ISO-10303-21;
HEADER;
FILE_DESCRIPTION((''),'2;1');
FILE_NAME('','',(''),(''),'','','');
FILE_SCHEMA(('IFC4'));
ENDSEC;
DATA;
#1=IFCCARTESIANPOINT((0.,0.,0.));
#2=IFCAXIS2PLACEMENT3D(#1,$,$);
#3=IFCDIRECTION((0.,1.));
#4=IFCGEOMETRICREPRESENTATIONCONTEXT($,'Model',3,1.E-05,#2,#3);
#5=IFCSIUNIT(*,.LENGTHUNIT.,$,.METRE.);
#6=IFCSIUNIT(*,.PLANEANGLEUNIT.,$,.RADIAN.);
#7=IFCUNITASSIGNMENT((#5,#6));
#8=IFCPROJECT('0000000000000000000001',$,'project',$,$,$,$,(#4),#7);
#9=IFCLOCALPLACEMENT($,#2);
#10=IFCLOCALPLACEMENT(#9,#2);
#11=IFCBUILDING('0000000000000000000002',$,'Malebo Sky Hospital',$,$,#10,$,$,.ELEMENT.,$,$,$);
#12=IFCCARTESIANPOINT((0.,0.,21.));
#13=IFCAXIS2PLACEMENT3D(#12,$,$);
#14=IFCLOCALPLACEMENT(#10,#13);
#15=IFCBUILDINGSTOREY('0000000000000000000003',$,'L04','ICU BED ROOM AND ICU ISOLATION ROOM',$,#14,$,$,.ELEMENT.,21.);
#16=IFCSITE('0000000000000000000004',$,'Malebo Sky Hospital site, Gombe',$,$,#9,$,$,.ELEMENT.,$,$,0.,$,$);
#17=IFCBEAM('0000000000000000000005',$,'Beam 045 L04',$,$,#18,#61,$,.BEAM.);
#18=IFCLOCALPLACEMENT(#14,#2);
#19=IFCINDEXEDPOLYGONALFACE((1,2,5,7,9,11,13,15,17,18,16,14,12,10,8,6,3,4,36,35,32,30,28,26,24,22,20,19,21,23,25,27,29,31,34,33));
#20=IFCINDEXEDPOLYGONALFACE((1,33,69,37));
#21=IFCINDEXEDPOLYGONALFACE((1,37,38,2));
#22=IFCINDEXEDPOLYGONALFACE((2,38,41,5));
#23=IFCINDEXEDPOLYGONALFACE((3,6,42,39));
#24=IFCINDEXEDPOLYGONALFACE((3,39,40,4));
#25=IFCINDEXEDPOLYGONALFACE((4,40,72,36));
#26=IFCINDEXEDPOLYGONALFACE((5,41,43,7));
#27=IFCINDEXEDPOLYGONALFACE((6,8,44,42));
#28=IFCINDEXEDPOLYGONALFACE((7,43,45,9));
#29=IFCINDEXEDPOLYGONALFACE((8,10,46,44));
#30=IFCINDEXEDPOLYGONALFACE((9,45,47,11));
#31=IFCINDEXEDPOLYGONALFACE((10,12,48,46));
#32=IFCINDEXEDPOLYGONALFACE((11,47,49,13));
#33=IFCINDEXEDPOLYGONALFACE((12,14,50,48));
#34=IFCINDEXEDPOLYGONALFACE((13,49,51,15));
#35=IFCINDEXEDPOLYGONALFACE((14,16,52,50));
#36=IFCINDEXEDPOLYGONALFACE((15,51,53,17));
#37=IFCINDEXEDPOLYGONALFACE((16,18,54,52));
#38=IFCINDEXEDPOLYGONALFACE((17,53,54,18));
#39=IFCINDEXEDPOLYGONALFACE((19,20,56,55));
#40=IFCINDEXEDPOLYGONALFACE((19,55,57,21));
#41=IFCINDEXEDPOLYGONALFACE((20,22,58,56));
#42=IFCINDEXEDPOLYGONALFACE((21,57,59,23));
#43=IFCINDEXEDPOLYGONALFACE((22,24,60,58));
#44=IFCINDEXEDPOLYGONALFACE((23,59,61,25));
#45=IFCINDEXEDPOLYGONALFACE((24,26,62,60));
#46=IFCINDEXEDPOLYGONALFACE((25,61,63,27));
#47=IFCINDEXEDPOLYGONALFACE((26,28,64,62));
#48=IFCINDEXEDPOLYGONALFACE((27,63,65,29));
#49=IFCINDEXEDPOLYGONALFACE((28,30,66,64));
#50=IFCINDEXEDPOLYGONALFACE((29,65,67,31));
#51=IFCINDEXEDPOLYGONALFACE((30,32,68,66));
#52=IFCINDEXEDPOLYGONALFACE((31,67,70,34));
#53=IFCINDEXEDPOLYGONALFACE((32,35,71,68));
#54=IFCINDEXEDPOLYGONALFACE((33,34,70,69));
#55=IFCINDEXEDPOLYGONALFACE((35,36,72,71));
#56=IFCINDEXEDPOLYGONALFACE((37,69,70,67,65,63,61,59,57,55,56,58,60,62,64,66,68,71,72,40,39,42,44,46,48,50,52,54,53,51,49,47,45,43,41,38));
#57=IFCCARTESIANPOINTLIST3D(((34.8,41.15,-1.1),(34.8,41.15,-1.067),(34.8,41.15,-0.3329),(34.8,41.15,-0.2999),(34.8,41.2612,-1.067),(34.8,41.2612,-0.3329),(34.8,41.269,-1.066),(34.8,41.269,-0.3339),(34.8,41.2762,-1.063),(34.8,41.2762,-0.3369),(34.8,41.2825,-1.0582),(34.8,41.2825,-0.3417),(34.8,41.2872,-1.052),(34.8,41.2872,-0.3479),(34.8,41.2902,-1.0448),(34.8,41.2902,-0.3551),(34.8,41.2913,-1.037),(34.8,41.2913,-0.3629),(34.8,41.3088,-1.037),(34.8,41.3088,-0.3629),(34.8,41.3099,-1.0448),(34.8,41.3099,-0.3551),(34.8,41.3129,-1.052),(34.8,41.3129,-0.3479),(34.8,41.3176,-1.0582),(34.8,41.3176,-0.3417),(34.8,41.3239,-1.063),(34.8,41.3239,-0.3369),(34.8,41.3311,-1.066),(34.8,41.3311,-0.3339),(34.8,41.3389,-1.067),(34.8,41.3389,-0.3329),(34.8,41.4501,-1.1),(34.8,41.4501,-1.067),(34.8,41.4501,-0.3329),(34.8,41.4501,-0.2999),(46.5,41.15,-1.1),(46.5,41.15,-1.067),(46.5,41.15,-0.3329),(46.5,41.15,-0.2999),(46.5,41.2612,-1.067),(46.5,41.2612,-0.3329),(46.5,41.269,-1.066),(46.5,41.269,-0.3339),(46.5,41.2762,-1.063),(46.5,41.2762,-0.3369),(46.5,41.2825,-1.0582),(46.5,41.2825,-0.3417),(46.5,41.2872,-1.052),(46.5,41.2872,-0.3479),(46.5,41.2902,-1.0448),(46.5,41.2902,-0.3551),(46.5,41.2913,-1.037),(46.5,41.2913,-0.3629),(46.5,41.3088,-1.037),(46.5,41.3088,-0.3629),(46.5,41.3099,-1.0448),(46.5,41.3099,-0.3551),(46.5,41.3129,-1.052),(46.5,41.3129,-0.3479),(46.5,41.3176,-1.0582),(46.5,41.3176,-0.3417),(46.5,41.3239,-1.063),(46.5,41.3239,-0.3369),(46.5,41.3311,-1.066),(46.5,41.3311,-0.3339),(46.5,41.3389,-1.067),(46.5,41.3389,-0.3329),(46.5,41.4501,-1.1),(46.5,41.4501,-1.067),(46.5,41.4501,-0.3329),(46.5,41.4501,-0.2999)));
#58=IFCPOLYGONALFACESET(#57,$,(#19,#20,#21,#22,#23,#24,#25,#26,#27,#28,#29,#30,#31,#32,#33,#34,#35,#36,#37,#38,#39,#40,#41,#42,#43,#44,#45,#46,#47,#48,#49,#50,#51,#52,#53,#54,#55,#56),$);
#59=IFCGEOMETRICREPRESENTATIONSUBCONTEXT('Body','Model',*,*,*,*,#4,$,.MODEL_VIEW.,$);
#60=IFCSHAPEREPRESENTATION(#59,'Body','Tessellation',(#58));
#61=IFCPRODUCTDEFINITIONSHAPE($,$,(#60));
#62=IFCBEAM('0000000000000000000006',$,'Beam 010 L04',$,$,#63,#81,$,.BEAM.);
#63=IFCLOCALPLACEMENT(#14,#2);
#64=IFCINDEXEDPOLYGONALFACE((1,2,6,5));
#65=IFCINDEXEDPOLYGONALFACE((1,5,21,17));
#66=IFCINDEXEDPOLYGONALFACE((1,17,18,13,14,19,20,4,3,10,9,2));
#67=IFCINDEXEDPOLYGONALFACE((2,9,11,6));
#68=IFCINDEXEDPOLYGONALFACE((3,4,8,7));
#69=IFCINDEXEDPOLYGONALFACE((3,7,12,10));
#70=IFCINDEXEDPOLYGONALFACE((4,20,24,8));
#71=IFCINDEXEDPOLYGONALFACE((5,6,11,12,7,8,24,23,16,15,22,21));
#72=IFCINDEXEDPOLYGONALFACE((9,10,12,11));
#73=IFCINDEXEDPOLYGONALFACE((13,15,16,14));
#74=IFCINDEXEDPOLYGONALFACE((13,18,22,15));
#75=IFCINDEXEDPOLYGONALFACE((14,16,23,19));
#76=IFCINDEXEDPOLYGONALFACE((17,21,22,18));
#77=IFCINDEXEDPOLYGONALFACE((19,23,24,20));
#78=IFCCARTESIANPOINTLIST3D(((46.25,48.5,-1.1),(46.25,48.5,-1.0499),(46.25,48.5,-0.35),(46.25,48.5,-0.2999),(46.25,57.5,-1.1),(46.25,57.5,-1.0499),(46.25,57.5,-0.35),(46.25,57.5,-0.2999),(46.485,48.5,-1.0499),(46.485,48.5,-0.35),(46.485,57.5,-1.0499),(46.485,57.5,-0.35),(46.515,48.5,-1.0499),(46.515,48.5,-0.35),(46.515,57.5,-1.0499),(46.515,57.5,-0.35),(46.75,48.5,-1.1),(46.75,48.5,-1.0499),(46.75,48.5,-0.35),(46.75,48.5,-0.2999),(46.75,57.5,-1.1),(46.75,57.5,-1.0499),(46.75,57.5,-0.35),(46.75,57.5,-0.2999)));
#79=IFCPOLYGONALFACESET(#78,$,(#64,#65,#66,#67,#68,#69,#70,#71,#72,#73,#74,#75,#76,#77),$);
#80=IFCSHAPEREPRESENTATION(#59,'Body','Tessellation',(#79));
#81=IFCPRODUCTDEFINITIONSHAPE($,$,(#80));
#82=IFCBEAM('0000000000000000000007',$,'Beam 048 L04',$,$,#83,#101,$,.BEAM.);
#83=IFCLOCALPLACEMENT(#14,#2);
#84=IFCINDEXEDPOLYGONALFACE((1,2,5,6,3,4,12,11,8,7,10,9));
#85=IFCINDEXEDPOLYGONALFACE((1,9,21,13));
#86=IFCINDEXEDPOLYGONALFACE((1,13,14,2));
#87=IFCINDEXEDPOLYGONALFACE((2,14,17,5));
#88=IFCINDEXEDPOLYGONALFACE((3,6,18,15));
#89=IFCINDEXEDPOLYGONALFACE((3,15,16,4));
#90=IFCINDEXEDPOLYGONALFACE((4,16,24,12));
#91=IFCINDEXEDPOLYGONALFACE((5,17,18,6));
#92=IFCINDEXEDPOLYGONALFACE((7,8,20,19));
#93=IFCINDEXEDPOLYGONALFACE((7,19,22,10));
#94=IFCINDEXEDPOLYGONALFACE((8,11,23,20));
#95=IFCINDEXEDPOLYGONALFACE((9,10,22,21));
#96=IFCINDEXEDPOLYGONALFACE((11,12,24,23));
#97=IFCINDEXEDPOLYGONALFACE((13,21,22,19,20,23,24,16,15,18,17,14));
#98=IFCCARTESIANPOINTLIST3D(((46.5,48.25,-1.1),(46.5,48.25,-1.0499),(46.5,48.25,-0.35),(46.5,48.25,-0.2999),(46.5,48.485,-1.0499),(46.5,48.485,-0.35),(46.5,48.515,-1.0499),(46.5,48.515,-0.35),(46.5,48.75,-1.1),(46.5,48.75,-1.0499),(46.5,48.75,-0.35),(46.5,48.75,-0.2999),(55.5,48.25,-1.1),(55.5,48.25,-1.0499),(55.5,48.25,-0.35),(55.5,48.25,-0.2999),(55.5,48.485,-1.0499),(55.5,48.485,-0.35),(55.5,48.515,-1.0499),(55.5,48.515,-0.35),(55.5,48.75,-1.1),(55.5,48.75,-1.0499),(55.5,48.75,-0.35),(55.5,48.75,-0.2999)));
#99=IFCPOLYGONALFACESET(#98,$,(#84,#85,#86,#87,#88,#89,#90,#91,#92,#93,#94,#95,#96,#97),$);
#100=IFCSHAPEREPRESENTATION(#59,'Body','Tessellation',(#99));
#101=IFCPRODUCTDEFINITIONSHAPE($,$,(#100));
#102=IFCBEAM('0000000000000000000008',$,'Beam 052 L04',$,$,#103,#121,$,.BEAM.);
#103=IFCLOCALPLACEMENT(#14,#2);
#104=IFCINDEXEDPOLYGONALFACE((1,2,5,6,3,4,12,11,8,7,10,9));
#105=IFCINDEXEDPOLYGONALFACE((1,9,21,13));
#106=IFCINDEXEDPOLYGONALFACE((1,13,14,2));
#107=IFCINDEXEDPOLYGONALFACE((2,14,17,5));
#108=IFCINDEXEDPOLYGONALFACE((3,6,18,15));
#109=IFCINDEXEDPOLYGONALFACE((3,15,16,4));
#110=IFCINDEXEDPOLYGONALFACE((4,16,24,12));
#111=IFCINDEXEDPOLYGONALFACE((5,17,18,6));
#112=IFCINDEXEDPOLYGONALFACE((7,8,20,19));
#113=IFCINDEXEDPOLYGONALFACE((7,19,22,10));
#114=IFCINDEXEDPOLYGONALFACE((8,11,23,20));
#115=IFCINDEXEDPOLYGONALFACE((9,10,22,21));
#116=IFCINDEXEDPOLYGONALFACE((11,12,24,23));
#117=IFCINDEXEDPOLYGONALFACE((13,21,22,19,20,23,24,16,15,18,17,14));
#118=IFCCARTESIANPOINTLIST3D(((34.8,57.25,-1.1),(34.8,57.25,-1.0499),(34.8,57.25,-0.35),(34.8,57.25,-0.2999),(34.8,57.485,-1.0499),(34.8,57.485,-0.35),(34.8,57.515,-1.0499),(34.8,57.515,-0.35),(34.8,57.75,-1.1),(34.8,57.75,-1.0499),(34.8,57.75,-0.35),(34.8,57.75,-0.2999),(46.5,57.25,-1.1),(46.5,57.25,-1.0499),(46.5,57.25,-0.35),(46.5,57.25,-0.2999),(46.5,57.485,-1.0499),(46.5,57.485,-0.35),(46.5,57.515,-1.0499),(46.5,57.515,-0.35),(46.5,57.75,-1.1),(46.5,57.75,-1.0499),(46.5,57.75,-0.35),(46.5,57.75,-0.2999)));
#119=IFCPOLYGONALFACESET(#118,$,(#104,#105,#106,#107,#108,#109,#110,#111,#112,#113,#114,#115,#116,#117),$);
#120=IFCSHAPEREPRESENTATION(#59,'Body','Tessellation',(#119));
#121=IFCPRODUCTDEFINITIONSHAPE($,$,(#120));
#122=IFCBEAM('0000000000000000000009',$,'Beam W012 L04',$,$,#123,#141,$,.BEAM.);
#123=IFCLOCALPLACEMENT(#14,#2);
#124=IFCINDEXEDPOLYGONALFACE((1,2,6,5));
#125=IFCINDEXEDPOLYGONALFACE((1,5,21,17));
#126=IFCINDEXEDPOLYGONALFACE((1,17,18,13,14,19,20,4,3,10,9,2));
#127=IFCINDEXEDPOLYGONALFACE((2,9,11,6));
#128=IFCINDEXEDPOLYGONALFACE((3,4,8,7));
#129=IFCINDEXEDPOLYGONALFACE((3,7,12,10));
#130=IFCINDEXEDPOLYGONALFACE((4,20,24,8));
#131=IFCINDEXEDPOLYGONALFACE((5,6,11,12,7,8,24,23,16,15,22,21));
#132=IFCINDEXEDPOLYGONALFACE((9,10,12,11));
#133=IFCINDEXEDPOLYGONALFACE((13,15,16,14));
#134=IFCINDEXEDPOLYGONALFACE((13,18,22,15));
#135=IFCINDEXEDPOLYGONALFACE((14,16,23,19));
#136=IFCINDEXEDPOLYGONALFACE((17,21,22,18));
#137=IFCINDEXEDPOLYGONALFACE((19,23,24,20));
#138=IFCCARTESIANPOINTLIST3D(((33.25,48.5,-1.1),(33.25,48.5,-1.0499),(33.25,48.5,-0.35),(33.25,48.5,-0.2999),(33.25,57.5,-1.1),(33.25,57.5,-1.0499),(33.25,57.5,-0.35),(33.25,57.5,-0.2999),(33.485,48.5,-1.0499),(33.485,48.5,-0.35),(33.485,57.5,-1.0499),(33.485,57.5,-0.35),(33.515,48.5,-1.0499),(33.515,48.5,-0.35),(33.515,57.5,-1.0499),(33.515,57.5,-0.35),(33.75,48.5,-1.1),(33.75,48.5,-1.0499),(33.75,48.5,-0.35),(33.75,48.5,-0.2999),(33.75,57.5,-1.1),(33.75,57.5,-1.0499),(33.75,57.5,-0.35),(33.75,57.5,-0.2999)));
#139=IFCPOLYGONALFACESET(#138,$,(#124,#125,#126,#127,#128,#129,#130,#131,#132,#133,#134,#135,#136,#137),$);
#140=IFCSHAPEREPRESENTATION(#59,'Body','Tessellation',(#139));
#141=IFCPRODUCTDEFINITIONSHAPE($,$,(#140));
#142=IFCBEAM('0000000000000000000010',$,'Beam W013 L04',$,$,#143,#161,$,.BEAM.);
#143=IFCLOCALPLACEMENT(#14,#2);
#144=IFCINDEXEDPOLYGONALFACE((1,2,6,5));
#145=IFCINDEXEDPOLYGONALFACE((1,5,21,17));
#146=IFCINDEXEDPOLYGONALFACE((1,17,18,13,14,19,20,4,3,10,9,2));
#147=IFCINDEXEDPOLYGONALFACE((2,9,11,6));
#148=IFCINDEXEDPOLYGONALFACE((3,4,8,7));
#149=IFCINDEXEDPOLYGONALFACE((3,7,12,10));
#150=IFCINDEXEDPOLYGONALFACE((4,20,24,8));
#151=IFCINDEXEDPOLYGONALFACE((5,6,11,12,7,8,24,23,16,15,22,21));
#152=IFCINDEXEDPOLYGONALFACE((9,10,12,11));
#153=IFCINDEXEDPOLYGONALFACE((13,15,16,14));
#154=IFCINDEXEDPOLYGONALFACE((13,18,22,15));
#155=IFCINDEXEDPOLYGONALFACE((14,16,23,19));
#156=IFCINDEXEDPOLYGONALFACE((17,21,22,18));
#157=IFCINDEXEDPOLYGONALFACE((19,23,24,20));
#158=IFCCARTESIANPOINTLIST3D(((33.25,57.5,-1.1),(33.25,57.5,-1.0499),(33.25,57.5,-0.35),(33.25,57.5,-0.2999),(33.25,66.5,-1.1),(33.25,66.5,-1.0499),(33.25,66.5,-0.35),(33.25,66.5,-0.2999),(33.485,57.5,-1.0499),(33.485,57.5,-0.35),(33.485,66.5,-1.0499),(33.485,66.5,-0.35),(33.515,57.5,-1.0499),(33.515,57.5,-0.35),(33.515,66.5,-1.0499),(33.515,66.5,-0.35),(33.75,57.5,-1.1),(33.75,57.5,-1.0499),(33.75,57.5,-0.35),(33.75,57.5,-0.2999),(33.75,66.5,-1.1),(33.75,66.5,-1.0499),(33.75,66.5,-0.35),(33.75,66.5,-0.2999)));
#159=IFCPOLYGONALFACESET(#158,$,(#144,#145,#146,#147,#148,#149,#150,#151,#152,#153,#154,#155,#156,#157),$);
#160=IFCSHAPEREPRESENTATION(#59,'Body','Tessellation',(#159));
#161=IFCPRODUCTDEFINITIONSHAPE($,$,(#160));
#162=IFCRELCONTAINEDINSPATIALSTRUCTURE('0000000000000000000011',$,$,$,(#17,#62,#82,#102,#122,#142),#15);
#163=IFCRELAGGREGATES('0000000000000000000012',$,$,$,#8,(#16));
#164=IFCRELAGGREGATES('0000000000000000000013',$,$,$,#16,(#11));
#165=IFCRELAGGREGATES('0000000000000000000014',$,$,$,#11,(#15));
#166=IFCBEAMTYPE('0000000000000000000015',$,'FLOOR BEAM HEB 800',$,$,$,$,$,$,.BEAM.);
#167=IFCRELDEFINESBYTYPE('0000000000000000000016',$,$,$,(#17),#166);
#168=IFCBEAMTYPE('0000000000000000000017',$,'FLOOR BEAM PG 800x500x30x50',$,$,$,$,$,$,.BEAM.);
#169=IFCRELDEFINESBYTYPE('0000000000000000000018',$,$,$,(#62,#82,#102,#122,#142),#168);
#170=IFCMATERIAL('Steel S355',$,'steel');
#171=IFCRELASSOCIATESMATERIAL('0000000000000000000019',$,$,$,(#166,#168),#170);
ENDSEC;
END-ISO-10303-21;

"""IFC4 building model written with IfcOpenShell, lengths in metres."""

from ifc_helpers import new_model, si_unit, direction, frame, origin, origin_2d, place, context, subcontext, project, spatial, i_section, extrude, material, material_profile, profile_set, type_object, element, save


model = new_model("IFC4")

# Units and contexts
model_context = context("Model", 3, precision=1e-05, world=origin(), true_north=direction((0.0, 1.0)))
body_context = subcontext(model_context, "Body", "Model", "MODEL_VIEW")
ifc_project = project(units=[si_unit("LENGTHUNIT", "METRE"), si_unit("PLANEANGLEUNIT", "RADIAN")], contexts=[model_context])

# Site, building, storey
site_placement = place(None, origin())
site = spatial("IfcSite", under=ifc_project, at=site_placement, Name="Malebo Sky Hospital site, Gombe", CompositionType="ELEMENT", RefElevation=0.0)
building_placement = place(site_placement, origin())
building = spatial("IfcBuilding", under=site, at=building_placement, Name="Malebo Sky Hospital", CompositionType="ELEMENT")
storey_placement = place(building_placement, frame((0.0, 0.0, 21.0)))
storey = spatial("IfcBuildingStorey", under=building, at=storey_placement, Name="L04", Description="ICU BED ROOM AND ICU ISOLATION ROOM", CompositionType="ELEMENT", Elevation=21.0)

# Shared definitions
ifc_material_1 = material(Name="Steel S355", Category="steel")

# Beams
ifc_material_profile_1 = material_profile(ifc_material_1, i_section(OverallWidth=0.3, OverallDepth=0.8, WebThickness=0.0176, FlangeThickness=0.033, FilletRadius=0.03, at=origin_2d()), Name="HEB 800")
ifc_profile_set_1 = profile_set([ifc_material_profile_1], Name="Steel S355")
beam_type_1 = type_object("IfcBeamType", Name="FLOOR BEAM HEB 800", PredefinedType="BEAM", material=ifc_profile_set_1)
beam_1_placement = place(storey_placement, frame((34.8, 41.3, -0.7), z_axis=(1.0, 0.0, 0.0), x_axis=(0.0, 1.0, 0.0)))
element("IfcBeam", 1, at=beam_1_placement, inside=storey, type_object=beam_type_1, Name="Beam 045 L04", PredefinedType="BEAM", context=body_context, shape_type="SweptSolid", body=[
    extrude(i_section(OverallWidth=0.3, OverallDepth=0.8, WebThickness=0.0176, FlangeThickness=0.033, FilletRadius=0.03, at=origin_2d()), origin(), (0.0, 0.0, 1.0), 11.7),
])
ifc_material_profile_2 = material_profile(ifc_material_1, i_section(OverallWidth=0.5, OverallDepth=0.8, WebThickness=0.03, FlangeThickness=0.05, at=origin_2d()), Name="PG 800x500x30x50")
ifc_profile_set_2 = profile_set([ifc_material_profile_2], Name="Steel S355")
beam_type_2 = type_object("IfcBeamType", Name="FLOOR BEAM PG 800x500x30x50", PredefinedType="BEAM", material=ifc_profile_set_2)
for number, where, z_axis, x_axis, name in (
    (2, (46.5, 48.5, -0.7), (0.0, 1.0, 0.0), (-1.0, 0.0, 0.0), "Beam 010 L04"),
    (3, (46.5, 48.5, -0.7), (1.0, 0.0, 0.0), (0.0, 1.0, 0.0), "Beam 048 L04"),
):
    element("IfcBeam", number, at=place(storey_placement, frame(where, z_axis=z_axis, x_axis=x_axis)), inside=storey, type_object=beam_type_2, Name=name, PredefinedType="BEAM", context=body_context, shape_type="SweptSolid", body=[
        extrude(i_section(OverallWidth=0.5, OverallDepth=0.8, WebThickness=0.03, FlangeThickness=0.05, at=origin_2d()), origin(), (0.0, 0.0, 1.0), 9.0),
    ])
beam_2_placement = place(storey_placement, frame((34.8, 57.5, -0.7), z_axis=(1.0, 0.0, 0.0), x_axis=(0.0, 1.0, 0.0)))
element("IfcBeam", 4, at=beam_2_placement, inside=storey, type_object=beam_type_2, Name="Beam 052 L04", PredefinedType="BEAM", context=body_context, shape_type="SweptSolid", body=[
    extrude(i_section(OverallWidth=0.5, OverallDepth=0.8, WebThickness=0.03, FlangeThickness=0.05, at=origin_2d()), origin(), (0.0, 0.0, 1.0), 11.7),
])
for number, where, z_axis, x_axis, name in (
    (5, (33.5, 48.5, -0.7), (0.0, 1.0, 0.0), (-1.0, 0.0, 0.0), "Beam W012 L04"),
    (6, (33.5, 57.5, -0.7), (0.0, 1.0, 0.0), (-1.0, 0.0, 0.0), "Beam W013 L04"),
):
    element("IfcBeam", number, at=place(storey_placement, frame(where, z_axis=z_axis, x_axis=x_axis)), inside=storey, type_object=beam_type_2, Name=name, PredefinedType="BEAM", context=body_context, shape_type="SweptSolid", body=[
        extrude(i_section(OverallWidth=0.5, OverallDepth=0.8, WebThickness=0.03, FlangeThickness=0.05, at=origin_2d()), origin(), (0.0, 0.0, 1.0), 9.0),
    ])

save(model, "model.ifc")
